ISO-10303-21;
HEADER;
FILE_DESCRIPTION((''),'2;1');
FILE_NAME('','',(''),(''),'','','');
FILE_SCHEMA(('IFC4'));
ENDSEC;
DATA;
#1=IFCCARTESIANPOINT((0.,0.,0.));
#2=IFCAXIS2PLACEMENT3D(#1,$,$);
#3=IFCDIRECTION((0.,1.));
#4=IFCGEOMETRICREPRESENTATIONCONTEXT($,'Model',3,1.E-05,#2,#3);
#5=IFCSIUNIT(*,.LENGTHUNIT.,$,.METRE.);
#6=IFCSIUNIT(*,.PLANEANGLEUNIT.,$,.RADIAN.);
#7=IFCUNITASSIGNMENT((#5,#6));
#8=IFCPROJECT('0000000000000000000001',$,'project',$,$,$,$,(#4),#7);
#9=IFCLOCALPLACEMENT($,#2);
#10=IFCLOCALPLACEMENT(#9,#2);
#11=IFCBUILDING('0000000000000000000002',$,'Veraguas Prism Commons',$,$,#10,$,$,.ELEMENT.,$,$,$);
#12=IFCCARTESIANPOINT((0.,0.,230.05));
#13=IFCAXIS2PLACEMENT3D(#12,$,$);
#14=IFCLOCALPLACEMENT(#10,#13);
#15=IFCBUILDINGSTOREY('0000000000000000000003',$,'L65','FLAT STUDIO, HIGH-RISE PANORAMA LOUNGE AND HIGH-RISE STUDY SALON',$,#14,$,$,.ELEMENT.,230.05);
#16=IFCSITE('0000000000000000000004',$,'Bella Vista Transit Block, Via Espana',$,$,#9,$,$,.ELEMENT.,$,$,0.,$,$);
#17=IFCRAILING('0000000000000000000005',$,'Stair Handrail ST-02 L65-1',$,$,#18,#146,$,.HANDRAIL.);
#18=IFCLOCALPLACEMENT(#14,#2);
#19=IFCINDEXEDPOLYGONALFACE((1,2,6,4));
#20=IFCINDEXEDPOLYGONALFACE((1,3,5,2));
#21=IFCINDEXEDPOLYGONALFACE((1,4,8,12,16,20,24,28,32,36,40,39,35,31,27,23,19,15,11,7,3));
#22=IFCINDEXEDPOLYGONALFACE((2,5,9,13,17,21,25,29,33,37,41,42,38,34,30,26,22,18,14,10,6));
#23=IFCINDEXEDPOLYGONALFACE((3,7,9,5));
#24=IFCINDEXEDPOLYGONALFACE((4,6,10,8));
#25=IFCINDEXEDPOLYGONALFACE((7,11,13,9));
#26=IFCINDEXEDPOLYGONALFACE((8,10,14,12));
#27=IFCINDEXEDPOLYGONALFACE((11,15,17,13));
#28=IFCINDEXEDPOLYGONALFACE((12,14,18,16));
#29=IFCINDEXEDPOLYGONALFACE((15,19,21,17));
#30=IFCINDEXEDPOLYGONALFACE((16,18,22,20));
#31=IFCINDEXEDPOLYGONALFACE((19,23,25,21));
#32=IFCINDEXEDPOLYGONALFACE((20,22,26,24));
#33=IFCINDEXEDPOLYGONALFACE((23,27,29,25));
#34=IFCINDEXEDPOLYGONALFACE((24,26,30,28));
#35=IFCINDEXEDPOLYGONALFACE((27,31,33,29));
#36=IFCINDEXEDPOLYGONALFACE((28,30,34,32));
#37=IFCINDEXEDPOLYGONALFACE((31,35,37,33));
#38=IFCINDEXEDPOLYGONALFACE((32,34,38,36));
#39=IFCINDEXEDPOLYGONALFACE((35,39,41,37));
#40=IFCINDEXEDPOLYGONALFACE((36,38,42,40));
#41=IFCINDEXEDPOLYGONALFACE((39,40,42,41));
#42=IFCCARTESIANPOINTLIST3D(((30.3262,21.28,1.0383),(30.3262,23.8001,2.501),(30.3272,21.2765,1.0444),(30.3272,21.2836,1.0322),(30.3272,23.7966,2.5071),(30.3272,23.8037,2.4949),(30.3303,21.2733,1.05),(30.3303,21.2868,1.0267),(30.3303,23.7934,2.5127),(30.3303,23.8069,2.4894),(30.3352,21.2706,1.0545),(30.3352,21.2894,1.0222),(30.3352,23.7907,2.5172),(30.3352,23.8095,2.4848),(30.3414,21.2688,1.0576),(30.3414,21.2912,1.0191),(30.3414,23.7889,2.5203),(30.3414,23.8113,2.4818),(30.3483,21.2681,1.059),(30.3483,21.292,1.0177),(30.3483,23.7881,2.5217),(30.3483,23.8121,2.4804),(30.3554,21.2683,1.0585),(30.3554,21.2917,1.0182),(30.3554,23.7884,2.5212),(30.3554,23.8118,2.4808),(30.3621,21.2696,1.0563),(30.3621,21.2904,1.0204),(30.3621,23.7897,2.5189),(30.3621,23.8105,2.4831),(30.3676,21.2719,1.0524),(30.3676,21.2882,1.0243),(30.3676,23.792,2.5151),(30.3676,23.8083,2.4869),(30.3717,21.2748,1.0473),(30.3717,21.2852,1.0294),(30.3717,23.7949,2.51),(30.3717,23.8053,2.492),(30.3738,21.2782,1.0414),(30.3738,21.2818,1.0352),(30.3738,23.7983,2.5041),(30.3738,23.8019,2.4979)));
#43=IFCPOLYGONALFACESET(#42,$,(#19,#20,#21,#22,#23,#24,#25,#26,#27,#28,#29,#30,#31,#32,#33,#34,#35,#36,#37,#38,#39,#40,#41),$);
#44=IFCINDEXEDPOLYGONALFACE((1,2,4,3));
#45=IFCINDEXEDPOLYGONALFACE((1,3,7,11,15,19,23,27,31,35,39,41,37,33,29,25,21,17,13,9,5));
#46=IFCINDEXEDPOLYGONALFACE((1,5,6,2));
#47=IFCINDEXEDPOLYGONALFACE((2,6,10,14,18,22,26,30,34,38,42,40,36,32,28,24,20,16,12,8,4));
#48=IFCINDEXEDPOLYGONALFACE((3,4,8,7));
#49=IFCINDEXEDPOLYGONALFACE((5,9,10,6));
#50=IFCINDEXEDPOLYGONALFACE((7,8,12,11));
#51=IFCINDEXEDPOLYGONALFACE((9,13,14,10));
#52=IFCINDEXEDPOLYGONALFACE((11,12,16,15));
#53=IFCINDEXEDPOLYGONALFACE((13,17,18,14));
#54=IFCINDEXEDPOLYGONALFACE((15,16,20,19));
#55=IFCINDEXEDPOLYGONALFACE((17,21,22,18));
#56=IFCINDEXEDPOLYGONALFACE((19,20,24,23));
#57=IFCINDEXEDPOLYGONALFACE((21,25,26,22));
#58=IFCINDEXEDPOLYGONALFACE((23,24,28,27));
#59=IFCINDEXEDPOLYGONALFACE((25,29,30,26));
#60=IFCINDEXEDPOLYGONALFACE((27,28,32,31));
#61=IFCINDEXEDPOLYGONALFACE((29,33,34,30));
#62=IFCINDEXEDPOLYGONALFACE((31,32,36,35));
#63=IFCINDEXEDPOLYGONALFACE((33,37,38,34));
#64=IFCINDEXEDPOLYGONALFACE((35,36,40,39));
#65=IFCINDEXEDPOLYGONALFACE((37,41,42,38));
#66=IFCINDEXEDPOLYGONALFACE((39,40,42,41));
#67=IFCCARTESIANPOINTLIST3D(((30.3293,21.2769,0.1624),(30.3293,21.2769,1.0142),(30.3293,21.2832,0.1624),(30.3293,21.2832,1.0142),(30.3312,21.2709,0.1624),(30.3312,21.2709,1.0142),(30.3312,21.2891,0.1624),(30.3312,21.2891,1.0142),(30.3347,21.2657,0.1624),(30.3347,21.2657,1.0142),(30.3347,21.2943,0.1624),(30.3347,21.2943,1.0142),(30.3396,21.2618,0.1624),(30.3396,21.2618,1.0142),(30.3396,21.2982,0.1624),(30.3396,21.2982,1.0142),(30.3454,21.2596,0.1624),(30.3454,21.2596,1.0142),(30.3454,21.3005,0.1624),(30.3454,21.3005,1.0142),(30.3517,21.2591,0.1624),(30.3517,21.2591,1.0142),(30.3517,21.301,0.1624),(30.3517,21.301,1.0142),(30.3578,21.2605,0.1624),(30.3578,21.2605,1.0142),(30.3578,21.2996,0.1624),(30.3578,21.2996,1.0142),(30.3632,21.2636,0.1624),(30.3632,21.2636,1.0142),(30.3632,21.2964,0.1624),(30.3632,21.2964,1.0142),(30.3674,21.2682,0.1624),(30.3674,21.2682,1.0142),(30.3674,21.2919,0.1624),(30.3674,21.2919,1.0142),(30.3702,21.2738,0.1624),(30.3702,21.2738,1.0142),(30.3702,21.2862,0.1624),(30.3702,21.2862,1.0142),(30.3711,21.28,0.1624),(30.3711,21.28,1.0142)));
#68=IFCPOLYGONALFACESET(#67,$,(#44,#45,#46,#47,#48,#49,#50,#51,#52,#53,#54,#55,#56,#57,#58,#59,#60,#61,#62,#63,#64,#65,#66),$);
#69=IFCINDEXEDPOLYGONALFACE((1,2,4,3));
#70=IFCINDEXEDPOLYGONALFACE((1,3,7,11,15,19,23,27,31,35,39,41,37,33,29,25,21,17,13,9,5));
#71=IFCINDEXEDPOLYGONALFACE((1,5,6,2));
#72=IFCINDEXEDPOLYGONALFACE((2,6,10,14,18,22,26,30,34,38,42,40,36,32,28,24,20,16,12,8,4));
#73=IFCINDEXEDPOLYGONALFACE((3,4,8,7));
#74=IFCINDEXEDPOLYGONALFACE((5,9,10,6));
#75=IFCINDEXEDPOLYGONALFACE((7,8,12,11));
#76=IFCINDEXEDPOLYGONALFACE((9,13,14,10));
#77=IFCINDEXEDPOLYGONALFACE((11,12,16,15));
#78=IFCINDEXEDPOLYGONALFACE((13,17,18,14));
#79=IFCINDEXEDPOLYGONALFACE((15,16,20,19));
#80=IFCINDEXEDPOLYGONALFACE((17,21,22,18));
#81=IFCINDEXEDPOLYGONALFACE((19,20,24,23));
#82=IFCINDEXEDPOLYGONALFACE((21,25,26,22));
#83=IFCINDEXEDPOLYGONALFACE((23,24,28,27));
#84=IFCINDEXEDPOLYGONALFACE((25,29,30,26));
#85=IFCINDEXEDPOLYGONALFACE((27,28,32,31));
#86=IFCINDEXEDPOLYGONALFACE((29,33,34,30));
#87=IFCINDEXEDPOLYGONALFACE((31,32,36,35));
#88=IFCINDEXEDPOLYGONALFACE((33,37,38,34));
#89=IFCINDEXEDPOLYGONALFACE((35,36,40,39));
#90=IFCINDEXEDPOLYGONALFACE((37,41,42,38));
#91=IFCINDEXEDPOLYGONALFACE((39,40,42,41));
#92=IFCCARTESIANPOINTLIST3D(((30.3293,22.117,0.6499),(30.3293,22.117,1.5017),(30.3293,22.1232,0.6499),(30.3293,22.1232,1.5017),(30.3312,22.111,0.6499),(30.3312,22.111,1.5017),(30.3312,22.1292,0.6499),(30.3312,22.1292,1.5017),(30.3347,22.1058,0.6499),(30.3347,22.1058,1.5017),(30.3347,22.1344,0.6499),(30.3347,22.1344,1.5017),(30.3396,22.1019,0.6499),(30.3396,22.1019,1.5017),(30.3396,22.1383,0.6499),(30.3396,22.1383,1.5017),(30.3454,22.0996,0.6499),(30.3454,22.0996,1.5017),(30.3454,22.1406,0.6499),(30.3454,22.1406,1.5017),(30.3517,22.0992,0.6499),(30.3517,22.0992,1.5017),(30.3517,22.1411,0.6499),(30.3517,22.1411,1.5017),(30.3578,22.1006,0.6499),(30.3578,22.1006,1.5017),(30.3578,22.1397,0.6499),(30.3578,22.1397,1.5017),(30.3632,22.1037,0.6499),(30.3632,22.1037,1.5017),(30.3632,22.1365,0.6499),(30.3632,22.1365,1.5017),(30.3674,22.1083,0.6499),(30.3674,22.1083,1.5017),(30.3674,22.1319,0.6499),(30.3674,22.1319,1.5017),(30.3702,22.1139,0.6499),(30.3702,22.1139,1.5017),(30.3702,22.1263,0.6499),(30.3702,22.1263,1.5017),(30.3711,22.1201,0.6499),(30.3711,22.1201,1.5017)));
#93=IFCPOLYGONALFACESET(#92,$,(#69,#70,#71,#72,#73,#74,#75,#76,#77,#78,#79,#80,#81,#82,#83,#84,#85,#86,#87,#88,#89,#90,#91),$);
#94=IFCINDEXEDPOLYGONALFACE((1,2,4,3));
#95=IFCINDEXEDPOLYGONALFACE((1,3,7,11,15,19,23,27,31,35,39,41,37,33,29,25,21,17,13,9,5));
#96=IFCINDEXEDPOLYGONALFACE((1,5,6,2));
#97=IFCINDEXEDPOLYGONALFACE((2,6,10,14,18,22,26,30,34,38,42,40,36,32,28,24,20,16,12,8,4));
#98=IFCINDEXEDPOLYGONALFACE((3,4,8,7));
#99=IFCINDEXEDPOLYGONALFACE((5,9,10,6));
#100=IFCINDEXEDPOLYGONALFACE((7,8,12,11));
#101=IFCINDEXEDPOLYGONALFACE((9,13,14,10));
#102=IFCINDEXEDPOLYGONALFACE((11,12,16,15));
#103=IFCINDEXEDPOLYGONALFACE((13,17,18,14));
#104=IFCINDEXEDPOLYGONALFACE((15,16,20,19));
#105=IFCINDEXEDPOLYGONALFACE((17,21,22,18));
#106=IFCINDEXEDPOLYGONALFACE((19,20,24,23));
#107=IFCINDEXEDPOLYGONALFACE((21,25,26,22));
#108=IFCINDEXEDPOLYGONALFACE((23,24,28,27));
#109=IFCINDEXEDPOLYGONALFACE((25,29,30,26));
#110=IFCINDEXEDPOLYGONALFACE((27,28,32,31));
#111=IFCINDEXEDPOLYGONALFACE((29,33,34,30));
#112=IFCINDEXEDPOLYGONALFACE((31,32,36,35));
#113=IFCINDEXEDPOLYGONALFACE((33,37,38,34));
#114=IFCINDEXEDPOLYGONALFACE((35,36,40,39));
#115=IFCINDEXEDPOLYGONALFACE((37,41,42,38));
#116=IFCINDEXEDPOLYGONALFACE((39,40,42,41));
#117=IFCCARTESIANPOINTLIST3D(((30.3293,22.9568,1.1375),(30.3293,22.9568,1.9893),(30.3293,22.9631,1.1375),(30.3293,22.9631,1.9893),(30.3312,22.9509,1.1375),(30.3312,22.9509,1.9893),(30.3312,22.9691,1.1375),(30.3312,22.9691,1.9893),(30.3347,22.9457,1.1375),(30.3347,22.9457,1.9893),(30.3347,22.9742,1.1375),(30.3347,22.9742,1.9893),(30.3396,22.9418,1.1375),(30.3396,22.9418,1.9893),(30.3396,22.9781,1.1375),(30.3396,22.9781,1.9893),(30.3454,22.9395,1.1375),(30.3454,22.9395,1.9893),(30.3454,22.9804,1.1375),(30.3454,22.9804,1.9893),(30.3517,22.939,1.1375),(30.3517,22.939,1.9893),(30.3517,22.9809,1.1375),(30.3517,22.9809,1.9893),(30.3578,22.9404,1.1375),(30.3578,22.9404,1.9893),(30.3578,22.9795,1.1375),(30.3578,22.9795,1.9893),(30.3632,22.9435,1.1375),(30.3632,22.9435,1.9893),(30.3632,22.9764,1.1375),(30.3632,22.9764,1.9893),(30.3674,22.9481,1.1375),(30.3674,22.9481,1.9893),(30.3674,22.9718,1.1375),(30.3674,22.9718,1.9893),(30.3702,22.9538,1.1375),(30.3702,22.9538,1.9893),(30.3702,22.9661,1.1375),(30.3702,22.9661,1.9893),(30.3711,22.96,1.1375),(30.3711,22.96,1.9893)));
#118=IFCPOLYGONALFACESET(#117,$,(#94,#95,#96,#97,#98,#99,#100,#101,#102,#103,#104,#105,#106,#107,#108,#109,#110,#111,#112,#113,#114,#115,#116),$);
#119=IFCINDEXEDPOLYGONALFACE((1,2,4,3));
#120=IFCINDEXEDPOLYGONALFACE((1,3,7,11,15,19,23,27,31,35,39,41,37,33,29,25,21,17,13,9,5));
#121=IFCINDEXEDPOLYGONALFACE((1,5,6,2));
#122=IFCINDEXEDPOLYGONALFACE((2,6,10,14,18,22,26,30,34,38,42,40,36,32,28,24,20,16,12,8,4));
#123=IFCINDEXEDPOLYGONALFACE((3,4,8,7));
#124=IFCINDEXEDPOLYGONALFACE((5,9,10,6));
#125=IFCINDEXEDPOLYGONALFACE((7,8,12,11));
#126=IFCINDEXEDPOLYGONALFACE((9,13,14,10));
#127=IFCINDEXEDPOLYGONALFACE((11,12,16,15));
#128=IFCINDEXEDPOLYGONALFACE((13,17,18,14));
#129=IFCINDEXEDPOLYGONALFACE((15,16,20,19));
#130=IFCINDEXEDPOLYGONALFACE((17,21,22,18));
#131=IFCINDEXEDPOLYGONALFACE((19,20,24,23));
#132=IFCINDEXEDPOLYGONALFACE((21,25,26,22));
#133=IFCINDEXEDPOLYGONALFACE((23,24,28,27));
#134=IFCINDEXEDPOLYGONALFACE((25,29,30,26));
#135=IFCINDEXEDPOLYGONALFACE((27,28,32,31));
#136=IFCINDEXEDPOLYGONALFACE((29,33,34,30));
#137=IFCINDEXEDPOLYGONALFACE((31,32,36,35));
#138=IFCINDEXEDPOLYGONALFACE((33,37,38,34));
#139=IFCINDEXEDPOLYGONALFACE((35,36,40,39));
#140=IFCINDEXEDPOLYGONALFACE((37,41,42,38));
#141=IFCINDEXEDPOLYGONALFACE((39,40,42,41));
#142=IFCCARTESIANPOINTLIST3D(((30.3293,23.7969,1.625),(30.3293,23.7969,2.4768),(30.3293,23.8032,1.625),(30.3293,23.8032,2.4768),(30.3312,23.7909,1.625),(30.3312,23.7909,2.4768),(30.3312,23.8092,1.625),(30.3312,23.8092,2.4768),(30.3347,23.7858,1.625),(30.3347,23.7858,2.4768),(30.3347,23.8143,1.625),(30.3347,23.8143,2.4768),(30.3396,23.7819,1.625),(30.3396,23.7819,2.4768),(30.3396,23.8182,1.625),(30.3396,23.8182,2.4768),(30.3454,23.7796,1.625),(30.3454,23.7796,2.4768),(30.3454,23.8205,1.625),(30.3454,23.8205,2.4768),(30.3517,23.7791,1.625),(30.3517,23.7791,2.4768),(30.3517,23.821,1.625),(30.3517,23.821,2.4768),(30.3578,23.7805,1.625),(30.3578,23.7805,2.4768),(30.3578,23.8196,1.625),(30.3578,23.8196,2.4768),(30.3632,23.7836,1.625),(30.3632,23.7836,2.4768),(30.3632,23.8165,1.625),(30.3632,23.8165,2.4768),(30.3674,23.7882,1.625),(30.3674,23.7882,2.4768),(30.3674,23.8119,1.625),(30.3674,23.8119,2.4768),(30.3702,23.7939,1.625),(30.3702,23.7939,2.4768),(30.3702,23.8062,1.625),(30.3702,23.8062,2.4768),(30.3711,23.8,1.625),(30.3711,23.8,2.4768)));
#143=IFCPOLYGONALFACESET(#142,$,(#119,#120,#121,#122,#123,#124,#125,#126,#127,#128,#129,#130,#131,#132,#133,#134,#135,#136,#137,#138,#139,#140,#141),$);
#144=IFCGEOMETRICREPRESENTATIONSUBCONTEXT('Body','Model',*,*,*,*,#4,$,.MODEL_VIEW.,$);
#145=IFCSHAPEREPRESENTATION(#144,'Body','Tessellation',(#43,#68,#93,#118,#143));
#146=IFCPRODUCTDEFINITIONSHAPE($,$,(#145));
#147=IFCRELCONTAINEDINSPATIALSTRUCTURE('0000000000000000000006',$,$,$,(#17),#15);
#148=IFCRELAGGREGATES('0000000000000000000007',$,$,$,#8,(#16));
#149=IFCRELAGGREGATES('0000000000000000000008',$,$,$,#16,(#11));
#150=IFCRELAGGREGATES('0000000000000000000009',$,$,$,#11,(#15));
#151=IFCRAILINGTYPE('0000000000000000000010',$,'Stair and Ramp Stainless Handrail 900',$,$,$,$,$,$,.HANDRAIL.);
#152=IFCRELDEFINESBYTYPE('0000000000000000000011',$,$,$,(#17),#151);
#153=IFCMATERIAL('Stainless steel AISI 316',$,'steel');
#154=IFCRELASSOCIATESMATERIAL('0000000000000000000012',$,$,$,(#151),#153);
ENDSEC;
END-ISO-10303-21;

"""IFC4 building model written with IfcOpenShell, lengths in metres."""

from ifc_helpers import new_model, si_unit, direction, frame, origin, origin_2d, place, context, subcontext, project, spatial, circle, extrude, material, type_object, element, save


model = new_model("IFC4")

# Units and contexts
model_context = context("Model", 3, precision=1e-05, world=origin(), true_north=direction((0.0, 1.0)))
body_context = subcontext(model_context, "Body", "Model", "MODEL_VIEW")
ifc_project = project(units=[si_unit("LENGTHUNIT", "METRE"), si_unit("PLANEANGLEUNIT", "RADIAN")], contexts=[model_context])

# Site, building, storey
site_placement = place(None, origin())
site = spatial("IfcSite", under=ifc_project, at=site_placement, Name="Bella Vista Transit Block, Via Espana", CompositionType="ELEMENT", RefElevation=0.0)
building_placement = place(site_placement, origin())
building = spatial("IfcBuilding", under=site, at=building_placement, Name="Veraguas Prism Commons", CompositionType="ELEMENT")
storey_placement = place(building_placement, frame((0.0, 0.0, 230.05)))
storey = spatial("IfcBuildingStorey", under=building, at=storey_placement, Name="L65", Description="FLAT STUDIO, HIGH-RISE PANORAMA LOUNGE AND HIGH-RISE STUDY SALON", CompositionType="ELEMENT", Elevation=230.05)

# Shared definitions
ifc_material_1 = material(Name="Stainless steel AISI 316", Category="steel")

# Railing
railing_type_1 = type_object("IfcRailingType", Name="Stair and Ramp Stainless Handrail 900", PredefinedType="HANDRAIL", material=ifc_material_1)
railing_1_placement = place(storey_placement, frame((30.3501, 21.28, 0.1624)))
element("IfcRailing", 1, at=railing_1_placement, inside=storey, type_object=railing_type_1, Name="Stair Handrail ST-02 L65-1", PredefinedType="HANDRAIL", context=body_context, shape_type="SweptSolid", body=[
    extrude(circle(Radius=0.0239, at=origin_2d()), frame((0.0, 0.0, 0.876), z_axis=(0.0, 0.864877, 0.501984), x_axis=(-1.0, 0.0, 0.0)), (0.0, 0.0, 1.0), 2.9138),
    extrude(circle(Radius=0.021, at=origin_2d()), origin(), (0.0, 0.0, 1.0), 0.8518),
    extrude(circle(Radius=0.021, at=origin_2d()), frame((0.0, 0.8401, 0.4875)), (0.0, 0.0, 1.0), 0.8518),
    extrude(circle(Radius=0.021, at=origin_2d()), frame((0.0, 1.6799, 0.9751)), (0.0, 0.0, 1.0), 0.8518),
    extrude(circle(Radius=0.021, at=origin_2d()), frame((0.0, 2.52, 1.4626)), (0.0, 0.0, 1.0), 0.8518),
])

save(model, "model.ifc")
